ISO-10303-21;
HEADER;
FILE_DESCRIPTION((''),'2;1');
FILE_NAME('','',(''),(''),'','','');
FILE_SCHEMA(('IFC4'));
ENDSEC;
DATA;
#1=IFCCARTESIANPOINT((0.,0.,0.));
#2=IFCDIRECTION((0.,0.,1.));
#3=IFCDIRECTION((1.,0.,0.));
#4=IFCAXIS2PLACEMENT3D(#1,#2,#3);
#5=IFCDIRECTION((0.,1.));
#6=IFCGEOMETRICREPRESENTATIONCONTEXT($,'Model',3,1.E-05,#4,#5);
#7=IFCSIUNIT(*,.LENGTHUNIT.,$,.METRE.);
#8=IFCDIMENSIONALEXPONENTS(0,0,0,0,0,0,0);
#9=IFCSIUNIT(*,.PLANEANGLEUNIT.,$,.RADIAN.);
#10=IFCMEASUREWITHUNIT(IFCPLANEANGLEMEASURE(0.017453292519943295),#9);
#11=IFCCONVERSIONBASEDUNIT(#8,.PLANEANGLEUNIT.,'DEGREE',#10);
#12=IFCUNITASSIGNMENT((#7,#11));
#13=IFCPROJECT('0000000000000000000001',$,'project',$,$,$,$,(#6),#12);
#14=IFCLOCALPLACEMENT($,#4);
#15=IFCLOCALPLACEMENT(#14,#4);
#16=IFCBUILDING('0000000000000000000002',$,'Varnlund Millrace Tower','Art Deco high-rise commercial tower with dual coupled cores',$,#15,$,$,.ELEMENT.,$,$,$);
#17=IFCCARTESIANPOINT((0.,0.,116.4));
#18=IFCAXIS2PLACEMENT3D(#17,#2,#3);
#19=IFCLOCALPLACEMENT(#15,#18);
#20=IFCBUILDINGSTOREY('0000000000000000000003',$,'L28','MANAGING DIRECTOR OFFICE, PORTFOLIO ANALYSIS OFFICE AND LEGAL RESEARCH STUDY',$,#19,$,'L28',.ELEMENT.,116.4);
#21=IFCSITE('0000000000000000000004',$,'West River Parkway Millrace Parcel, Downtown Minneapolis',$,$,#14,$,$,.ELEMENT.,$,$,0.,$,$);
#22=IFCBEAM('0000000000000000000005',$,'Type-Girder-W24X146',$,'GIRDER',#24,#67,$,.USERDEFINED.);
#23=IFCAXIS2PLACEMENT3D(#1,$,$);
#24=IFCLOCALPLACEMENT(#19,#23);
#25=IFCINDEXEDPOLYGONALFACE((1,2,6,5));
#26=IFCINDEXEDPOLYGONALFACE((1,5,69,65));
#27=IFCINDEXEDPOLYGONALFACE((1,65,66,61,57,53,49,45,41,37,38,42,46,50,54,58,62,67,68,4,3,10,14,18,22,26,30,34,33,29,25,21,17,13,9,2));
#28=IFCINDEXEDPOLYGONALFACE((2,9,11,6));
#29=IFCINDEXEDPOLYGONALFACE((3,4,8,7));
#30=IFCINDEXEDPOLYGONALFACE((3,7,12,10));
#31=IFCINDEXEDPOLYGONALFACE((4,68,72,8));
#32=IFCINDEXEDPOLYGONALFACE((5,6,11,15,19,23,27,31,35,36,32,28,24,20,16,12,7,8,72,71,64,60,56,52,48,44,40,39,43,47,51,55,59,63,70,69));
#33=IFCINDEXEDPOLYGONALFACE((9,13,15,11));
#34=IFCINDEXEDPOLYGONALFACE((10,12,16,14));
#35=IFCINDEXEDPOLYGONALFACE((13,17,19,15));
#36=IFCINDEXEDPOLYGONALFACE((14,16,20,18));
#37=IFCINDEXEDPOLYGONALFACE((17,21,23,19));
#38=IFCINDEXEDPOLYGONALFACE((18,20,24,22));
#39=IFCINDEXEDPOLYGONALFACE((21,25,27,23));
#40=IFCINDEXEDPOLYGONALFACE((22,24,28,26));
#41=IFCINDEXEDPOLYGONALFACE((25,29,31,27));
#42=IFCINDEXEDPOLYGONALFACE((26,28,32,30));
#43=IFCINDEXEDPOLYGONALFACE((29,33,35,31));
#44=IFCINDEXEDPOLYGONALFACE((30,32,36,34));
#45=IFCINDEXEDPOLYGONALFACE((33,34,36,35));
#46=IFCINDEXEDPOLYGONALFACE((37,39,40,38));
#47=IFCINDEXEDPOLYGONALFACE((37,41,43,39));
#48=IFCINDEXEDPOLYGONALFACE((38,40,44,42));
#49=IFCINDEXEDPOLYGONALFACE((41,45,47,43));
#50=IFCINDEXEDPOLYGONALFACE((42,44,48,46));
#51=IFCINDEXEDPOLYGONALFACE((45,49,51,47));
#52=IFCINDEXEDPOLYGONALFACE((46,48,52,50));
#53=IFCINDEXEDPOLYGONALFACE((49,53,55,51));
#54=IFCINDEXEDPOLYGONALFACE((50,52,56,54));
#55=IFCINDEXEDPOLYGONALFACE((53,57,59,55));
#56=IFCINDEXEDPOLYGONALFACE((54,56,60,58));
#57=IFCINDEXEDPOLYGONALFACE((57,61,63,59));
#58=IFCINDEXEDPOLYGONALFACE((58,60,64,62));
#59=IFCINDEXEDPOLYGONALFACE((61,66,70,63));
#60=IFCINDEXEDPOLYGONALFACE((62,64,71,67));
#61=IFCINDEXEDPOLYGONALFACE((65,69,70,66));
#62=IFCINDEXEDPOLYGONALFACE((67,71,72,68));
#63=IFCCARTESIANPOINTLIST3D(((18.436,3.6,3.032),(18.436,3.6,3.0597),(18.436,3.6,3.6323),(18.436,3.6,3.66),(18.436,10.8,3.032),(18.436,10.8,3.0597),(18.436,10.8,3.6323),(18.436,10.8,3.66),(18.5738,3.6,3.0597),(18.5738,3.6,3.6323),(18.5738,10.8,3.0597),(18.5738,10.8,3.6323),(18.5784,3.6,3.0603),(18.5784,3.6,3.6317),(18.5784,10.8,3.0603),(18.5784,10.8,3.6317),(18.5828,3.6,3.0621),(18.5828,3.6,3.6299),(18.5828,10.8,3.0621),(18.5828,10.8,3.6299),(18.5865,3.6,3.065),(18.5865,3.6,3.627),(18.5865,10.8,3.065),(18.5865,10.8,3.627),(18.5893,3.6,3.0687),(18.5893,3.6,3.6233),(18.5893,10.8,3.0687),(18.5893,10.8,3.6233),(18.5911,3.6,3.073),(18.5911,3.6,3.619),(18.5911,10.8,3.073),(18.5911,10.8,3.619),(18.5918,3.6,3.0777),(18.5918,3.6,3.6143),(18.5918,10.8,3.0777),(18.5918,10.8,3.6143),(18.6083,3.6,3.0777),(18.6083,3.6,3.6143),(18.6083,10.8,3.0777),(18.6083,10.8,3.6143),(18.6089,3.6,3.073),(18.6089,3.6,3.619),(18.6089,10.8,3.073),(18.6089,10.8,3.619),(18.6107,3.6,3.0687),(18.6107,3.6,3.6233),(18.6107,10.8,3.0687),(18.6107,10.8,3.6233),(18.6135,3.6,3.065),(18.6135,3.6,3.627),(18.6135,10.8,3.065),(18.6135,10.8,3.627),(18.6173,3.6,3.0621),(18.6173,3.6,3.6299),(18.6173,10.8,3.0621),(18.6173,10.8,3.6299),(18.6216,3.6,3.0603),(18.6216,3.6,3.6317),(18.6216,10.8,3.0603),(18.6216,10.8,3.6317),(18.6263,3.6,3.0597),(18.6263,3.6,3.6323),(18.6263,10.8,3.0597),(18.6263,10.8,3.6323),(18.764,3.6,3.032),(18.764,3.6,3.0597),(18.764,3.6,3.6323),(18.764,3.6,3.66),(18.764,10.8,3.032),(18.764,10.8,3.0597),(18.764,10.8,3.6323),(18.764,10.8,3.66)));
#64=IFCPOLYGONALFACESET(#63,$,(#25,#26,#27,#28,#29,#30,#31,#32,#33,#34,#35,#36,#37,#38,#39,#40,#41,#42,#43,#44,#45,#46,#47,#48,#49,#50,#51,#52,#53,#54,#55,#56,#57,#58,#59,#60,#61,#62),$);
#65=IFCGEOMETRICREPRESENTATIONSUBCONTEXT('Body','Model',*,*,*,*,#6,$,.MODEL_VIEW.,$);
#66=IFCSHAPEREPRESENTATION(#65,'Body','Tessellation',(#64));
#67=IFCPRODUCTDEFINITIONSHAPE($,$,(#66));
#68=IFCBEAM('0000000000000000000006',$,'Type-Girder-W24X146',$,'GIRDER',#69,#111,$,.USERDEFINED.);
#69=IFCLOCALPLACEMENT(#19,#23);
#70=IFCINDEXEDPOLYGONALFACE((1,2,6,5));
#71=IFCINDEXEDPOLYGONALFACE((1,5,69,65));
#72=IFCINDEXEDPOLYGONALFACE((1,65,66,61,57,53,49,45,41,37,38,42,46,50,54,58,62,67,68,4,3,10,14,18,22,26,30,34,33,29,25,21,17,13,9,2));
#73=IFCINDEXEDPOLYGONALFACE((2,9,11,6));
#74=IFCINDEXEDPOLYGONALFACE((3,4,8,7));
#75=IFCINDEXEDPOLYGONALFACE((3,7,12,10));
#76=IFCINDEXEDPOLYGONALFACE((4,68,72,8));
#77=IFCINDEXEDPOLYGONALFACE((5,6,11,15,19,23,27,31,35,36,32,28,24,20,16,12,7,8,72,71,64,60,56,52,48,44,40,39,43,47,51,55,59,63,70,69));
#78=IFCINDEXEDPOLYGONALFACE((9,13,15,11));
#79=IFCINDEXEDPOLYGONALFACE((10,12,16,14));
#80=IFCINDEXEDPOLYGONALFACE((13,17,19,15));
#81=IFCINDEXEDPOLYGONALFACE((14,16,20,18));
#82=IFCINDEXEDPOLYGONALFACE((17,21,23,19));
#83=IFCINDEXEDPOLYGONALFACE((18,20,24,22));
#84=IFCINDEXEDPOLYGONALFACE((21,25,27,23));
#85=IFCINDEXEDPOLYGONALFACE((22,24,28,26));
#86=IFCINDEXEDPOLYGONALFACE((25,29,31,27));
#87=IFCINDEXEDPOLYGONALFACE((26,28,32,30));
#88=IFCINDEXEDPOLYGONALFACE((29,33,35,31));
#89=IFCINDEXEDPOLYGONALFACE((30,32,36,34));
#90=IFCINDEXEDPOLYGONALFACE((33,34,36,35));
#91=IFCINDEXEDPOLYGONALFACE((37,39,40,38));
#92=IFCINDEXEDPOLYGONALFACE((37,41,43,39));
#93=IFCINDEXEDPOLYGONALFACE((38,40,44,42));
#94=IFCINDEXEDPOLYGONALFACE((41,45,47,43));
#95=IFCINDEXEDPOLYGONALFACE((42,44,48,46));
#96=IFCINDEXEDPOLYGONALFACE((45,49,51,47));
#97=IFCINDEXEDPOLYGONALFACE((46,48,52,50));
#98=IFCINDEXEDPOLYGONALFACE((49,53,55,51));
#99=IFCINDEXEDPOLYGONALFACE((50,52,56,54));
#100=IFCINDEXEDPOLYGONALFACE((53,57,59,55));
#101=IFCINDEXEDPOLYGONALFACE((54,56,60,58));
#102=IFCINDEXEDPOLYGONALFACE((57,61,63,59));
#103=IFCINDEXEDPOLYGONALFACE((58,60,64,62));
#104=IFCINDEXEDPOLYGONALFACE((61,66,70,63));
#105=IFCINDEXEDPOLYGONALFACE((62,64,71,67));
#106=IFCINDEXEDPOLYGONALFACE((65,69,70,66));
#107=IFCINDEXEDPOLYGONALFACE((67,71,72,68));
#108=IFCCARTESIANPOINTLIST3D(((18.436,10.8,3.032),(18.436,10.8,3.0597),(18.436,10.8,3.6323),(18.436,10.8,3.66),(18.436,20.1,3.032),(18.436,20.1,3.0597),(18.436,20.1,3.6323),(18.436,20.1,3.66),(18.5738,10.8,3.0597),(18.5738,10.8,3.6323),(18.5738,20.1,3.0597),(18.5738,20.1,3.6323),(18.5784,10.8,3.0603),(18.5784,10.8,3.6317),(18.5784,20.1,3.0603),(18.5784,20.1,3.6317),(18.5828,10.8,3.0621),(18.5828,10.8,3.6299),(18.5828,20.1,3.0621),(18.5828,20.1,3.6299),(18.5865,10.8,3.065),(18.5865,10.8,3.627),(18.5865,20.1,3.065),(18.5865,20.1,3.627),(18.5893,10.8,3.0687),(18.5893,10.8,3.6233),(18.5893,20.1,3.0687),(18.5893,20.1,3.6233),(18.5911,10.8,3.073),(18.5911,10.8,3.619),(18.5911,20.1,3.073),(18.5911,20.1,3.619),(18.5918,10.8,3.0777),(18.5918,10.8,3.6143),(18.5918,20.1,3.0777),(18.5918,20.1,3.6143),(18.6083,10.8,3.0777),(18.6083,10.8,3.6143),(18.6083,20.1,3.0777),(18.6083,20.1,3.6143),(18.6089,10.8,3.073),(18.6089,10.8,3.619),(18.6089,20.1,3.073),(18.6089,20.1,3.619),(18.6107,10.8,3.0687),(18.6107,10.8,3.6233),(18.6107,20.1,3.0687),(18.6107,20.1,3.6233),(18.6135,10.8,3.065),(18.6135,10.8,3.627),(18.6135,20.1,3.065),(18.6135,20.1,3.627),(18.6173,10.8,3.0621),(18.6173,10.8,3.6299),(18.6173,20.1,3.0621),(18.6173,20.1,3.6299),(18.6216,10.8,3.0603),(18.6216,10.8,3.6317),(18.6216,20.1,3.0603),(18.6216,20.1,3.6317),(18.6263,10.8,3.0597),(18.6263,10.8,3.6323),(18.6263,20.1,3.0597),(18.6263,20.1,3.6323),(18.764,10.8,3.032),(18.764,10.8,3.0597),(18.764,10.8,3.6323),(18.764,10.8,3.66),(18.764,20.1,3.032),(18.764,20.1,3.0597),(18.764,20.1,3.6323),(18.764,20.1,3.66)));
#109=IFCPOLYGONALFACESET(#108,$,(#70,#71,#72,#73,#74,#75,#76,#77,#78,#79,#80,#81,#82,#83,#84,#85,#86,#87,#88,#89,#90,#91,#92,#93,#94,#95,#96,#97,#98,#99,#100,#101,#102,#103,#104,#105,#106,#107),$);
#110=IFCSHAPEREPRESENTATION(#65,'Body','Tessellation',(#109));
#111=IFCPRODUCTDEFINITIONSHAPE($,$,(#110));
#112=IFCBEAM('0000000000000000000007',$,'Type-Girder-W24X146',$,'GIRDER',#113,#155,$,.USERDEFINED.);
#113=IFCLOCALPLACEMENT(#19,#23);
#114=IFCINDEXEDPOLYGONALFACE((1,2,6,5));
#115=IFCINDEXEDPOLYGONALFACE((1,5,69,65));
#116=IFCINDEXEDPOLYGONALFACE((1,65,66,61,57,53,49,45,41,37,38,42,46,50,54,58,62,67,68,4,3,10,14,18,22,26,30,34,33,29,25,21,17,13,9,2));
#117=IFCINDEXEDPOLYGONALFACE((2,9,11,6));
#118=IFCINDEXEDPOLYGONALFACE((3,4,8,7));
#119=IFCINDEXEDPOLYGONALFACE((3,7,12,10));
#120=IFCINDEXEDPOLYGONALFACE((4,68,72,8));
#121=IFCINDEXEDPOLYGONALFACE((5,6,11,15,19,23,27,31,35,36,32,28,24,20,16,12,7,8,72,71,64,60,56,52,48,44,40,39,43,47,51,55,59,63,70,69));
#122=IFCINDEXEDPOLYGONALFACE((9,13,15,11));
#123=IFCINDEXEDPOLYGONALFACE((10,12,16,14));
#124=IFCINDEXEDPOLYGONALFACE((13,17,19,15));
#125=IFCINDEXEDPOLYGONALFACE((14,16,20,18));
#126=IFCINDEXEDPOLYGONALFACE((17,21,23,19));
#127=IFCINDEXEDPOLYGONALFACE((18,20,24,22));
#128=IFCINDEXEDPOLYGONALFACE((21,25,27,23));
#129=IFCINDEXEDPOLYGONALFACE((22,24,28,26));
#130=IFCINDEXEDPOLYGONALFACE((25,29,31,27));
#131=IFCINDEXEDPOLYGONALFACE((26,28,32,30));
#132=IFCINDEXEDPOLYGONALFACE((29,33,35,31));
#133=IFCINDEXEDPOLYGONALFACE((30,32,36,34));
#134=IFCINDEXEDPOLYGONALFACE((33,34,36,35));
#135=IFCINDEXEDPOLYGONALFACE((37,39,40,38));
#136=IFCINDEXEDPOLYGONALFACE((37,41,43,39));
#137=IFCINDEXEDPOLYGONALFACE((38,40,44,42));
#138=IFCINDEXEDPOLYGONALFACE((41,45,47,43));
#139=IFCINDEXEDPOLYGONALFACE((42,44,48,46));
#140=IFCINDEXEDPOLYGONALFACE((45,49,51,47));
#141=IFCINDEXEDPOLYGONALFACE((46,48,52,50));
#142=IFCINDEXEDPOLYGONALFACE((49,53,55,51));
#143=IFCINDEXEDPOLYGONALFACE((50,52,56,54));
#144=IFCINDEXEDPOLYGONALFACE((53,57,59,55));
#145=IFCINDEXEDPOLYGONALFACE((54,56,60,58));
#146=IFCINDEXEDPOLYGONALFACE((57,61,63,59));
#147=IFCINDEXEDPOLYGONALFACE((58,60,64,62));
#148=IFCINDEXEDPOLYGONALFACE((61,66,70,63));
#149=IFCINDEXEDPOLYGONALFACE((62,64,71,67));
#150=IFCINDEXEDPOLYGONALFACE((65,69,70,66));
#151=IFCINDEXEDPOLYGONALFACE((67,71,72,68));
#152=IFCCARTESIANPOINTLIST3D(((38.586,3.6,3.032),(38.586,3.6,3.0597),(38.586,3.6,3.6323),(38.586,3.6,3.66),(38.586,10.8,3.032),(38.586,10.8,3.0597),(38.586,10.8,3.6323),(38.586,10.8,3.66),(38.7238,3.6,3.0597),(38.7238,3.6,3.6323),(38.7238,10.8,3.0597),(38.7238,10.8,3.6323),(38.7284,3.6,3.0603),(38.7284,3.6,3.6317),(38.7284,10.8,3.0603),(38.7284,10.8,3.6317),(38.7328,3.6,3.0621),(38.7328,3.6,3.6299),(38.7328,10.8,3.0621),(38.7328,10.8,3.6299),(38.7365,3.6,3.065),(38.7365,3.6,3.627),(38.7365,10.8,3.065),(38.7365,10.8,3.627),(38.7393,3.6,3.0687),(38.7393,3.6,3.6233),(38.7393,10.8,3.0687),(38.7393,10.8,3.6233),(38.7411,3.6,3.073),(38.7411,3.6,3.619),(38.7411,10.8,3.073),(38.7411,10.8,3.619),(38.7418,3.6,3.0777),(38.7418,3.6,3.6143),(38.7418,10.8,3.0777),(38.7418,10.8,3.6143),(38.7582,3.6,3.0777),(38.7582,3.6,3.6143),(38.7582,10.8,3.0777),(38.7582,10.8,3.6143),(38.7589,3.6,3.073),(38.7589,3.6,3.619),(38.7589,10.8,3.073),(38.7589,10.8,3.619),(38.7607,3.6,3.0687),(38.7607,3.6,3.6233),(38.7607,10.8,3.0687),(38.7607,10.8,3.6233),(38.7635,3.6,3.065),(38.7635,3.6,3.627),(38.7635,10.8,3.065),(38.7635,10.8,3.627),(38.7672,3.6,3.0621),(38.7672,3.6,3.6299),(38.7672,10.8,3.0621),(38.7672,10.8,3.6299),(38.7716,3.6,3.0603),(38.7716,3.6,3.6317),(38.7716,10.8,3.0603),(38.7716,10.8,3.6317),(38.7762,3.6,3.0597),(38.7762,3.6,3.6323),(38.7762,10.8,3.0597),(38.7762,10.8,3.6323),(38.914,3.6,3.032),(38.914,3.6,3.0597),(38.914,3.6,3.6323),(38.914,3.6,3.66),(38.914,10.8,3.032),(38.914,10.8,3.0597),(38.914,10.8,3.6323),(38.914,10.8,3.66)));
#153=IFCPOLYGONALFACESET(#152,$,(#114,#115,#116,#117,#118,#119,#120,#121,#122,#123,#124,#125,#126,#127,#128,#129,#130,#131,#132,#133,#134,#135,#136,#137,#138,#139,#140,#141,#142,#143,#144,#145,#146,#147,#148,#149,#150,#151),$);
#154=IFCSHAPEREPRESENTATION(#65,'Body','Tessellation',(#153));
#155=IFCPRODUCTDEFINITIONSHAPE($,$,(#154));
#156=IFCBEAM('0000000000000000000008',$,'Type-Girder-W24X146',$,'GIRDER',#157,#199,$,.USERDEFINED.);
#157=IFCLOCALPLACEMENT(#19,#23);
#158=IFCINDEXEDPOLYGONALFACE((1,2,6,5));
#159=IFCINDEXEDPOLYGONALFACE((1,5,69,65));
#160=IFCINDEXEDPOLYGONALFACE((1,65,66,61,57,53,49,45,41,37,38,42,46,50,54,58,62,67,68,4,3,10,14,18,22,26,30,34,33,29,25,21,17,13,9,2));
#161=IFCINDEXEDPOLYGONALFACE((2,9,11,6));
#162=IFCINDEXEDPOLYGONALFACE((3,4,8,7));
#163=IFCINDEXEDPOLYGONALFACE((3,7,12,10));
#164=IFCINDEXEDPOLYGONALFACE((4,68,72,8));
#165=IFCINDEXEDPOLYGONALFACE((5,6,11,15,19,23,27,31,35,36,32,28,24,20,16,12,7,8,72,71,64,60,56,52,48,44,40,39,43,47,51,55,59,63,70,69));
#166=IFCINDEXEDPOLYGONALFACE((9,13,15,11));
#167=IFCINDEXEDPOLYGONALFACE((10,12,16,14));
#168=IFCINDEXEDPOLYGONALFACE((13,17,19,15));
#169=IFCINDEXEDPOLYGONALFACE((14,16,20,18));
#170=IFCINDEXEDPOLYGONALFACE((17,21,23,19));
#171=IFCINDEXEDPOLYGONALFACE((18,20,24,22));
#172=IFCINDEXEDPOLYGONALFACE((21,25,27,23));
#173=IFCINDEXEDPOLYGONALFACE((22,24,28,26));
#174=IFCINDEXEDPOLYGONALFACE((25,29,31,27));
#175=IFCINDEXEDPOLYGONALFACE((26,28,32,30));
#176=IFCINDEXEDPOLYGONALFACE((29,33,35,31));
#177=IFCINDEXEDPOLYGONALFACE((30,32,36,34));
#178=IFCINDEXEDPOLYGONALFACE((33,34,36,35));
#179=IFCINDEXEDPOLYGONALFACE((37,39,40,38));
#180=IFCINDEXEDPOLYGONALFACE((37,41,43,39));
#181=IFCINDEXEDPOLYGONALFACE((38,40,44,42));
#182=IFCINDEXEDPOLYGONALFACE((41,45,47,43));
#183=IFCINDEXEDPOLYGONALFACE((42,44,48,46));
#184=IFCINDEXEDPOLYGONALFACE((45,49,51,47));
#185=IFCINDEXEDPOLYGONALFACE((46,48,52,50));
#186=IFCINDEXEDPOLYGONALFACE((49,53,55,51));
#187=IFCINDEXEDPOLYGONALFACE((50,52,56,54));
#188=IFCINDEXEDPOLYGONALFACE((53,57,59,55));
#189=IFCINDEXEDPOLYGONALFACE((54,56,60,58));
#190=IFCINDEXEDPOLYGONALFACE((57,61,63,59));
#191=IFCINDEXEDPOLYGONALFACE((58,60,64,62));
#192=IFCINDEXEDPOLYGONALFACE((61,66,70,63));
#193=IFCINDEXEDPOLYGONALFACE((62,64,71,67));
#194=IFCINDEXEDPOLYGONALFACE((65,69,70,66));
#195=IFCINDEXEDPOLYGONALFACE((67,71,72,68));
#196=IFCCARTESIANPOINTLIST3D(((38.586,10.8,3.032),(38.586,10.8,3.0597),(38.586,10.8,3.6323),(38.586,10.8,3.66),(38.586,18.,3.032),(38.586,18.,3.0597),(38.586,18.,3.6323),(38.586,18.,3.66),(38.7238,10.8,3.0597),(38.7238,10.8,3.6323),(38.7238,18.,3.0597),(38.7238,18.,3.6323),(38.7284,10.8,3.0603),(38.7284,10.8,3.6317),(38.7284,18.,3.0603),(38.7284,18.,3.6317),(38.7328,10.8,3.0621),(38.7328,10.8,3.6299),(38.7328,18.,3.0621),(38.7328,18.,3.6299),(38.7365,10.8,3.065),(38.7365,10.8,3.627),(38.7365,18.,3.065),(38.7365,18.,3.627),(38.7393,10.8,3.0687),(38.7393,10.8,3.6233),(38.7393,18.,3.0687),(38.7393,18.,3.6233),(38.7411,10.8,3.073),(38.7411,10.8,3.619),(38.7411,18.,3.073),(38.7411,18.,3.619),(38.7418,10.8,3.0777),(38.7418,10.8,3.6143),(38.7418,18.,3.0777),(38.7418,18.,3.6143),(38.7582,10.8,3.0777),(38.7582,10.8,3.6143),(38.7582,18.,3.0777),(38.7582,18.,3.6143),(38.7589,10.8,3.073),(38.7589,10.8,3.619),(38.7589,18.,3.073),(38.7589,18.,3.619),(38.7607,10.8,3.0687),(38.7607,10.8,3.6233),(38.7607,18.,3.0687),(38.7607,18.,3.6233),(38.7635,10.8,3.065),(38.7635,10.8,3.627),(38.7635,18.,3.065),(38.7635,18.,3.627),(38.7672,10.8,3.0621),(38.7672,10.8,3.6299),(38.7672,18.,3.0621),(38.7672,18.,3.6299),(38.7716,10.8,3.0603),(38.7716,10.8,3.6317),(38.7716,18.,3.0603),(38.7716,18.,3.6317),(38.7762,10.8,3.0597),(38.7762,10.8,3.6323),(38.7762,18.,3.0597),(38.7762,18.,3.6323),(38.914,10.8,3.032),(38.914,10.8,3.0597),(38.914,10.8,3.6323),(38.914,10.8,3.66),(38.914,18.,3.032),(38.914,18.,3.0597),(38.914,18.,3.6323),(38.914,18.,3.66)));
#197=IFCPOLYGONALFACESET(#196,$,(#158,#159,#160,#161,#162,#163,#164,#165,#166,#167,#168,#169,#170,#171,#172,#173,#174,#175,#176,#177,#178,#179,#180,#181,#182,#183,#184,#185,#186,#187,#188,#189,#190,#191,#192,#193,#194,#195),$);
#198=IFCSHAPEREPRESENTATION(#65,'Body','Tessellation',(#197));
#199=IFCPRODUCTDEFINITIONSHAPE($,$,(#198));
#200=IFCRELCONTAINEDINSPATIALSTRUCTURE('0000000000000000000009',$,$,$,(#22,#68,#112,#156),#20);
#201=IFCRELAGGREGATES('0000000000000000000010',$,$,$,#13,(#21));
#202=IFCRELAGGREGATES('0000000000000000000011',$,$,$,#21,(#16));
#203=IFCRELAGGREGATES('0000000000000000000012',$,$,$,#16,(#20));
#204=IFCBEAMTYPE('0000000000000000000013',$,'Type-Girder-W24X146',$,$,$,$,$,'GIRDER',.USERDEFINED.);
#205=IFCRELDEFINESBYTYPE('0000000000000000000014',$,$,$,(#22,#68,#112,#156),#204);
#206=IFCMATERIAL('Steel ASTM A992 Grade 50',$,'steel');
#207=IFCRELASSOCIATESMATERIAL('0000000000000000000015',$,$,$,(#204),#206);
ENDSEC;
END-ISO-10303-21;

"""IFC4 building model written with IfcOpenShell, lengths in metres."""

from ifc_helpers import new_model, entity, si_unit, converted_unit, direction, frame, origin_with_axes, origin_2d_with_axis, place, context, subcontext, project, spatial, i_section, extrude, material, material_profile, profile_set, type_object, element, save


model = new_model("IFC4")

# Units and contexts
model_context = context("Model", 3, precision=1e-05, world=origin_with_axes(), true_north=direction((0.0, 1.0)))
body_context = subcontext(model_context, "Body", "Model", "MODEL_VIEW")
ifc_project = project(units=[si_unit("LENGTHUNIT", "METRE"), converted_unit("PLANEANGLEUNIT", "DEGREE", entity("IfcPlaneAngleMeasure", 0.017453292519943295), si_unit("PLANEANGLEUNIT", "RADIAN"), dimensions=[0, 0, 0, 0, 0, 0, 0])], contexts=[model_context])

# Site, building, storey
site_placement = place(None, origin_with_axes())
site = spatial("IfcSite", under=ifc_project, at=site_placement, Name="West River Parkway Millrace Parcel, Downtown Minneapolis", CompositionType="ELEMENT", RefElevation=0.0)
building_placement = place(site_placement, origin_with_axes())
building = spatial("IfcBuilding", under=site, at=building_placement, Name="Varnlund Millrace Tower", Description="Art Deco high-rise commercial tower with dual coupled cores", CompositionType="ELEMENT")
storey_placement = place(building_placement, frame((0.0, 0.0, 116.4), z_axis=(0.0, 0.0, 1.0), x_axis=(1.0, 0.0, 0.0)))
storey = spatial("IfcBuildingStorey", under=building, at=storey_placement, Name="L28", Description="MANAGING DIRECTOR OFFICE, PORTFOLIO ANALYSIS OFFICE AND LEGAL RESEARCH STUDY", LongName="L28", CompositionType="ELEMENT", Elevation=116.4)

# Beams
ifc_material_1 = material(Name="Steel ASTM A992 Grade 50", Category="steel")
ifc_material_profile_1 = material_profile(ifc_material_1, i_section(OverallWidth=0.328, OverallDepth=0.628, WebThickness=0.0165, FlangeThickness=0.0277, FilletRadius=0.018, at=origin_2d_with_axis()), Name="Steel ASTM A992 Grade 50")
ifc_profile_set_1 = profile_set([ifc_material_profile_1], Name="Steel ASTM A992 Grade 50")
beam_type_1 = type_object("IfcBeamType", Name="Type-Girder-W24X146", ElementType="GIRDER", PredefinedType="USERDEFINED", material=ifc_profile_set_1)
beam_1_placement = place(storey_placement, frame((18.6, 3.6, 3.346), z_axis=(0.0, 1.0, 0.0), x_axis=(-1.0, 0.0, 0.0)))
element("IfcBeam", 1, at=beam_1_placement, inside=storey, type_object=beam_type_1, Name="Type-Girder-W24X146", ObjectType="GIRDER", PredefinedType="USERDEFINED", context=body_context, shape_type="SweptSolid", body=[
    extrude(i_section(OverallWidth=0.328, OverallDepth=0.628, WebThickness=0.0165, FlangeThickness=0.0277, FilletRadius=0.018, at=origin_2d_with_axis()), origin_with_axes(), (0.0, 0.0, 1.0), 7.2),
])
beam_2_placement = place(storey_placement, frame((18.6, 10.8, 3.346), z_axis=(0.0, 1.0, 0.0), x_axis=(-1.0, 0.0, 0.0)))
element("IfcBeam", 2, at=beam_2_placement, inside=storey, type_object=beam_type_1, Name="Type-Girder-W24X146", ObjectType="GIRDER", PredefinedType="USERDEFINED", context=body_context, shape_type="SweptSolid", body=[
    extrude(i_section(OverallWidth=0.328, OverallDepth=0.628, WebThickness=0.0165, FlangeThickness=0.0277, FilletRadius=0.018, at=origin_2d_with_axis()), origin_with_axes(), (0.0, 0.0, 1.0), 9.3),
])
for number, where, z_axis, x_axis, name in (
    (3, (38.75, 3.6, 3.346), (0.0, 1.0, 0.0), (-1.0, 0.0, 0.0), "Type-Girder-W24X146"),
    (4, (38.75, 10.8, 3.346), (0.0, 1.0, 0.0), (-1.0, 0.0, 0.0), "Type-Girder-W24X146"),
):
    element("IfcBeam", number, at=place(storey_placement, frame(where, z_axis=z_axis, x_axis=x_axis)), inside=storey, type_object=beam_type_1, Name=name, ObjectType="GIRDER", PredefinedType="USERDEFINED", context=body_context, shape_type="SweptSolid", body=[
        extrude(i_section(OverallWidth=0.328, OverallDepth=0.628, WebThickness=0.0165, FlangeThickness=0.0277, FilletRadius=0.018, at=origin_2d_with_axis()), origin_with_axes(), (0.0, 0.0, 1.0), 7.2),
    ])

save(model, "model.ifc")
